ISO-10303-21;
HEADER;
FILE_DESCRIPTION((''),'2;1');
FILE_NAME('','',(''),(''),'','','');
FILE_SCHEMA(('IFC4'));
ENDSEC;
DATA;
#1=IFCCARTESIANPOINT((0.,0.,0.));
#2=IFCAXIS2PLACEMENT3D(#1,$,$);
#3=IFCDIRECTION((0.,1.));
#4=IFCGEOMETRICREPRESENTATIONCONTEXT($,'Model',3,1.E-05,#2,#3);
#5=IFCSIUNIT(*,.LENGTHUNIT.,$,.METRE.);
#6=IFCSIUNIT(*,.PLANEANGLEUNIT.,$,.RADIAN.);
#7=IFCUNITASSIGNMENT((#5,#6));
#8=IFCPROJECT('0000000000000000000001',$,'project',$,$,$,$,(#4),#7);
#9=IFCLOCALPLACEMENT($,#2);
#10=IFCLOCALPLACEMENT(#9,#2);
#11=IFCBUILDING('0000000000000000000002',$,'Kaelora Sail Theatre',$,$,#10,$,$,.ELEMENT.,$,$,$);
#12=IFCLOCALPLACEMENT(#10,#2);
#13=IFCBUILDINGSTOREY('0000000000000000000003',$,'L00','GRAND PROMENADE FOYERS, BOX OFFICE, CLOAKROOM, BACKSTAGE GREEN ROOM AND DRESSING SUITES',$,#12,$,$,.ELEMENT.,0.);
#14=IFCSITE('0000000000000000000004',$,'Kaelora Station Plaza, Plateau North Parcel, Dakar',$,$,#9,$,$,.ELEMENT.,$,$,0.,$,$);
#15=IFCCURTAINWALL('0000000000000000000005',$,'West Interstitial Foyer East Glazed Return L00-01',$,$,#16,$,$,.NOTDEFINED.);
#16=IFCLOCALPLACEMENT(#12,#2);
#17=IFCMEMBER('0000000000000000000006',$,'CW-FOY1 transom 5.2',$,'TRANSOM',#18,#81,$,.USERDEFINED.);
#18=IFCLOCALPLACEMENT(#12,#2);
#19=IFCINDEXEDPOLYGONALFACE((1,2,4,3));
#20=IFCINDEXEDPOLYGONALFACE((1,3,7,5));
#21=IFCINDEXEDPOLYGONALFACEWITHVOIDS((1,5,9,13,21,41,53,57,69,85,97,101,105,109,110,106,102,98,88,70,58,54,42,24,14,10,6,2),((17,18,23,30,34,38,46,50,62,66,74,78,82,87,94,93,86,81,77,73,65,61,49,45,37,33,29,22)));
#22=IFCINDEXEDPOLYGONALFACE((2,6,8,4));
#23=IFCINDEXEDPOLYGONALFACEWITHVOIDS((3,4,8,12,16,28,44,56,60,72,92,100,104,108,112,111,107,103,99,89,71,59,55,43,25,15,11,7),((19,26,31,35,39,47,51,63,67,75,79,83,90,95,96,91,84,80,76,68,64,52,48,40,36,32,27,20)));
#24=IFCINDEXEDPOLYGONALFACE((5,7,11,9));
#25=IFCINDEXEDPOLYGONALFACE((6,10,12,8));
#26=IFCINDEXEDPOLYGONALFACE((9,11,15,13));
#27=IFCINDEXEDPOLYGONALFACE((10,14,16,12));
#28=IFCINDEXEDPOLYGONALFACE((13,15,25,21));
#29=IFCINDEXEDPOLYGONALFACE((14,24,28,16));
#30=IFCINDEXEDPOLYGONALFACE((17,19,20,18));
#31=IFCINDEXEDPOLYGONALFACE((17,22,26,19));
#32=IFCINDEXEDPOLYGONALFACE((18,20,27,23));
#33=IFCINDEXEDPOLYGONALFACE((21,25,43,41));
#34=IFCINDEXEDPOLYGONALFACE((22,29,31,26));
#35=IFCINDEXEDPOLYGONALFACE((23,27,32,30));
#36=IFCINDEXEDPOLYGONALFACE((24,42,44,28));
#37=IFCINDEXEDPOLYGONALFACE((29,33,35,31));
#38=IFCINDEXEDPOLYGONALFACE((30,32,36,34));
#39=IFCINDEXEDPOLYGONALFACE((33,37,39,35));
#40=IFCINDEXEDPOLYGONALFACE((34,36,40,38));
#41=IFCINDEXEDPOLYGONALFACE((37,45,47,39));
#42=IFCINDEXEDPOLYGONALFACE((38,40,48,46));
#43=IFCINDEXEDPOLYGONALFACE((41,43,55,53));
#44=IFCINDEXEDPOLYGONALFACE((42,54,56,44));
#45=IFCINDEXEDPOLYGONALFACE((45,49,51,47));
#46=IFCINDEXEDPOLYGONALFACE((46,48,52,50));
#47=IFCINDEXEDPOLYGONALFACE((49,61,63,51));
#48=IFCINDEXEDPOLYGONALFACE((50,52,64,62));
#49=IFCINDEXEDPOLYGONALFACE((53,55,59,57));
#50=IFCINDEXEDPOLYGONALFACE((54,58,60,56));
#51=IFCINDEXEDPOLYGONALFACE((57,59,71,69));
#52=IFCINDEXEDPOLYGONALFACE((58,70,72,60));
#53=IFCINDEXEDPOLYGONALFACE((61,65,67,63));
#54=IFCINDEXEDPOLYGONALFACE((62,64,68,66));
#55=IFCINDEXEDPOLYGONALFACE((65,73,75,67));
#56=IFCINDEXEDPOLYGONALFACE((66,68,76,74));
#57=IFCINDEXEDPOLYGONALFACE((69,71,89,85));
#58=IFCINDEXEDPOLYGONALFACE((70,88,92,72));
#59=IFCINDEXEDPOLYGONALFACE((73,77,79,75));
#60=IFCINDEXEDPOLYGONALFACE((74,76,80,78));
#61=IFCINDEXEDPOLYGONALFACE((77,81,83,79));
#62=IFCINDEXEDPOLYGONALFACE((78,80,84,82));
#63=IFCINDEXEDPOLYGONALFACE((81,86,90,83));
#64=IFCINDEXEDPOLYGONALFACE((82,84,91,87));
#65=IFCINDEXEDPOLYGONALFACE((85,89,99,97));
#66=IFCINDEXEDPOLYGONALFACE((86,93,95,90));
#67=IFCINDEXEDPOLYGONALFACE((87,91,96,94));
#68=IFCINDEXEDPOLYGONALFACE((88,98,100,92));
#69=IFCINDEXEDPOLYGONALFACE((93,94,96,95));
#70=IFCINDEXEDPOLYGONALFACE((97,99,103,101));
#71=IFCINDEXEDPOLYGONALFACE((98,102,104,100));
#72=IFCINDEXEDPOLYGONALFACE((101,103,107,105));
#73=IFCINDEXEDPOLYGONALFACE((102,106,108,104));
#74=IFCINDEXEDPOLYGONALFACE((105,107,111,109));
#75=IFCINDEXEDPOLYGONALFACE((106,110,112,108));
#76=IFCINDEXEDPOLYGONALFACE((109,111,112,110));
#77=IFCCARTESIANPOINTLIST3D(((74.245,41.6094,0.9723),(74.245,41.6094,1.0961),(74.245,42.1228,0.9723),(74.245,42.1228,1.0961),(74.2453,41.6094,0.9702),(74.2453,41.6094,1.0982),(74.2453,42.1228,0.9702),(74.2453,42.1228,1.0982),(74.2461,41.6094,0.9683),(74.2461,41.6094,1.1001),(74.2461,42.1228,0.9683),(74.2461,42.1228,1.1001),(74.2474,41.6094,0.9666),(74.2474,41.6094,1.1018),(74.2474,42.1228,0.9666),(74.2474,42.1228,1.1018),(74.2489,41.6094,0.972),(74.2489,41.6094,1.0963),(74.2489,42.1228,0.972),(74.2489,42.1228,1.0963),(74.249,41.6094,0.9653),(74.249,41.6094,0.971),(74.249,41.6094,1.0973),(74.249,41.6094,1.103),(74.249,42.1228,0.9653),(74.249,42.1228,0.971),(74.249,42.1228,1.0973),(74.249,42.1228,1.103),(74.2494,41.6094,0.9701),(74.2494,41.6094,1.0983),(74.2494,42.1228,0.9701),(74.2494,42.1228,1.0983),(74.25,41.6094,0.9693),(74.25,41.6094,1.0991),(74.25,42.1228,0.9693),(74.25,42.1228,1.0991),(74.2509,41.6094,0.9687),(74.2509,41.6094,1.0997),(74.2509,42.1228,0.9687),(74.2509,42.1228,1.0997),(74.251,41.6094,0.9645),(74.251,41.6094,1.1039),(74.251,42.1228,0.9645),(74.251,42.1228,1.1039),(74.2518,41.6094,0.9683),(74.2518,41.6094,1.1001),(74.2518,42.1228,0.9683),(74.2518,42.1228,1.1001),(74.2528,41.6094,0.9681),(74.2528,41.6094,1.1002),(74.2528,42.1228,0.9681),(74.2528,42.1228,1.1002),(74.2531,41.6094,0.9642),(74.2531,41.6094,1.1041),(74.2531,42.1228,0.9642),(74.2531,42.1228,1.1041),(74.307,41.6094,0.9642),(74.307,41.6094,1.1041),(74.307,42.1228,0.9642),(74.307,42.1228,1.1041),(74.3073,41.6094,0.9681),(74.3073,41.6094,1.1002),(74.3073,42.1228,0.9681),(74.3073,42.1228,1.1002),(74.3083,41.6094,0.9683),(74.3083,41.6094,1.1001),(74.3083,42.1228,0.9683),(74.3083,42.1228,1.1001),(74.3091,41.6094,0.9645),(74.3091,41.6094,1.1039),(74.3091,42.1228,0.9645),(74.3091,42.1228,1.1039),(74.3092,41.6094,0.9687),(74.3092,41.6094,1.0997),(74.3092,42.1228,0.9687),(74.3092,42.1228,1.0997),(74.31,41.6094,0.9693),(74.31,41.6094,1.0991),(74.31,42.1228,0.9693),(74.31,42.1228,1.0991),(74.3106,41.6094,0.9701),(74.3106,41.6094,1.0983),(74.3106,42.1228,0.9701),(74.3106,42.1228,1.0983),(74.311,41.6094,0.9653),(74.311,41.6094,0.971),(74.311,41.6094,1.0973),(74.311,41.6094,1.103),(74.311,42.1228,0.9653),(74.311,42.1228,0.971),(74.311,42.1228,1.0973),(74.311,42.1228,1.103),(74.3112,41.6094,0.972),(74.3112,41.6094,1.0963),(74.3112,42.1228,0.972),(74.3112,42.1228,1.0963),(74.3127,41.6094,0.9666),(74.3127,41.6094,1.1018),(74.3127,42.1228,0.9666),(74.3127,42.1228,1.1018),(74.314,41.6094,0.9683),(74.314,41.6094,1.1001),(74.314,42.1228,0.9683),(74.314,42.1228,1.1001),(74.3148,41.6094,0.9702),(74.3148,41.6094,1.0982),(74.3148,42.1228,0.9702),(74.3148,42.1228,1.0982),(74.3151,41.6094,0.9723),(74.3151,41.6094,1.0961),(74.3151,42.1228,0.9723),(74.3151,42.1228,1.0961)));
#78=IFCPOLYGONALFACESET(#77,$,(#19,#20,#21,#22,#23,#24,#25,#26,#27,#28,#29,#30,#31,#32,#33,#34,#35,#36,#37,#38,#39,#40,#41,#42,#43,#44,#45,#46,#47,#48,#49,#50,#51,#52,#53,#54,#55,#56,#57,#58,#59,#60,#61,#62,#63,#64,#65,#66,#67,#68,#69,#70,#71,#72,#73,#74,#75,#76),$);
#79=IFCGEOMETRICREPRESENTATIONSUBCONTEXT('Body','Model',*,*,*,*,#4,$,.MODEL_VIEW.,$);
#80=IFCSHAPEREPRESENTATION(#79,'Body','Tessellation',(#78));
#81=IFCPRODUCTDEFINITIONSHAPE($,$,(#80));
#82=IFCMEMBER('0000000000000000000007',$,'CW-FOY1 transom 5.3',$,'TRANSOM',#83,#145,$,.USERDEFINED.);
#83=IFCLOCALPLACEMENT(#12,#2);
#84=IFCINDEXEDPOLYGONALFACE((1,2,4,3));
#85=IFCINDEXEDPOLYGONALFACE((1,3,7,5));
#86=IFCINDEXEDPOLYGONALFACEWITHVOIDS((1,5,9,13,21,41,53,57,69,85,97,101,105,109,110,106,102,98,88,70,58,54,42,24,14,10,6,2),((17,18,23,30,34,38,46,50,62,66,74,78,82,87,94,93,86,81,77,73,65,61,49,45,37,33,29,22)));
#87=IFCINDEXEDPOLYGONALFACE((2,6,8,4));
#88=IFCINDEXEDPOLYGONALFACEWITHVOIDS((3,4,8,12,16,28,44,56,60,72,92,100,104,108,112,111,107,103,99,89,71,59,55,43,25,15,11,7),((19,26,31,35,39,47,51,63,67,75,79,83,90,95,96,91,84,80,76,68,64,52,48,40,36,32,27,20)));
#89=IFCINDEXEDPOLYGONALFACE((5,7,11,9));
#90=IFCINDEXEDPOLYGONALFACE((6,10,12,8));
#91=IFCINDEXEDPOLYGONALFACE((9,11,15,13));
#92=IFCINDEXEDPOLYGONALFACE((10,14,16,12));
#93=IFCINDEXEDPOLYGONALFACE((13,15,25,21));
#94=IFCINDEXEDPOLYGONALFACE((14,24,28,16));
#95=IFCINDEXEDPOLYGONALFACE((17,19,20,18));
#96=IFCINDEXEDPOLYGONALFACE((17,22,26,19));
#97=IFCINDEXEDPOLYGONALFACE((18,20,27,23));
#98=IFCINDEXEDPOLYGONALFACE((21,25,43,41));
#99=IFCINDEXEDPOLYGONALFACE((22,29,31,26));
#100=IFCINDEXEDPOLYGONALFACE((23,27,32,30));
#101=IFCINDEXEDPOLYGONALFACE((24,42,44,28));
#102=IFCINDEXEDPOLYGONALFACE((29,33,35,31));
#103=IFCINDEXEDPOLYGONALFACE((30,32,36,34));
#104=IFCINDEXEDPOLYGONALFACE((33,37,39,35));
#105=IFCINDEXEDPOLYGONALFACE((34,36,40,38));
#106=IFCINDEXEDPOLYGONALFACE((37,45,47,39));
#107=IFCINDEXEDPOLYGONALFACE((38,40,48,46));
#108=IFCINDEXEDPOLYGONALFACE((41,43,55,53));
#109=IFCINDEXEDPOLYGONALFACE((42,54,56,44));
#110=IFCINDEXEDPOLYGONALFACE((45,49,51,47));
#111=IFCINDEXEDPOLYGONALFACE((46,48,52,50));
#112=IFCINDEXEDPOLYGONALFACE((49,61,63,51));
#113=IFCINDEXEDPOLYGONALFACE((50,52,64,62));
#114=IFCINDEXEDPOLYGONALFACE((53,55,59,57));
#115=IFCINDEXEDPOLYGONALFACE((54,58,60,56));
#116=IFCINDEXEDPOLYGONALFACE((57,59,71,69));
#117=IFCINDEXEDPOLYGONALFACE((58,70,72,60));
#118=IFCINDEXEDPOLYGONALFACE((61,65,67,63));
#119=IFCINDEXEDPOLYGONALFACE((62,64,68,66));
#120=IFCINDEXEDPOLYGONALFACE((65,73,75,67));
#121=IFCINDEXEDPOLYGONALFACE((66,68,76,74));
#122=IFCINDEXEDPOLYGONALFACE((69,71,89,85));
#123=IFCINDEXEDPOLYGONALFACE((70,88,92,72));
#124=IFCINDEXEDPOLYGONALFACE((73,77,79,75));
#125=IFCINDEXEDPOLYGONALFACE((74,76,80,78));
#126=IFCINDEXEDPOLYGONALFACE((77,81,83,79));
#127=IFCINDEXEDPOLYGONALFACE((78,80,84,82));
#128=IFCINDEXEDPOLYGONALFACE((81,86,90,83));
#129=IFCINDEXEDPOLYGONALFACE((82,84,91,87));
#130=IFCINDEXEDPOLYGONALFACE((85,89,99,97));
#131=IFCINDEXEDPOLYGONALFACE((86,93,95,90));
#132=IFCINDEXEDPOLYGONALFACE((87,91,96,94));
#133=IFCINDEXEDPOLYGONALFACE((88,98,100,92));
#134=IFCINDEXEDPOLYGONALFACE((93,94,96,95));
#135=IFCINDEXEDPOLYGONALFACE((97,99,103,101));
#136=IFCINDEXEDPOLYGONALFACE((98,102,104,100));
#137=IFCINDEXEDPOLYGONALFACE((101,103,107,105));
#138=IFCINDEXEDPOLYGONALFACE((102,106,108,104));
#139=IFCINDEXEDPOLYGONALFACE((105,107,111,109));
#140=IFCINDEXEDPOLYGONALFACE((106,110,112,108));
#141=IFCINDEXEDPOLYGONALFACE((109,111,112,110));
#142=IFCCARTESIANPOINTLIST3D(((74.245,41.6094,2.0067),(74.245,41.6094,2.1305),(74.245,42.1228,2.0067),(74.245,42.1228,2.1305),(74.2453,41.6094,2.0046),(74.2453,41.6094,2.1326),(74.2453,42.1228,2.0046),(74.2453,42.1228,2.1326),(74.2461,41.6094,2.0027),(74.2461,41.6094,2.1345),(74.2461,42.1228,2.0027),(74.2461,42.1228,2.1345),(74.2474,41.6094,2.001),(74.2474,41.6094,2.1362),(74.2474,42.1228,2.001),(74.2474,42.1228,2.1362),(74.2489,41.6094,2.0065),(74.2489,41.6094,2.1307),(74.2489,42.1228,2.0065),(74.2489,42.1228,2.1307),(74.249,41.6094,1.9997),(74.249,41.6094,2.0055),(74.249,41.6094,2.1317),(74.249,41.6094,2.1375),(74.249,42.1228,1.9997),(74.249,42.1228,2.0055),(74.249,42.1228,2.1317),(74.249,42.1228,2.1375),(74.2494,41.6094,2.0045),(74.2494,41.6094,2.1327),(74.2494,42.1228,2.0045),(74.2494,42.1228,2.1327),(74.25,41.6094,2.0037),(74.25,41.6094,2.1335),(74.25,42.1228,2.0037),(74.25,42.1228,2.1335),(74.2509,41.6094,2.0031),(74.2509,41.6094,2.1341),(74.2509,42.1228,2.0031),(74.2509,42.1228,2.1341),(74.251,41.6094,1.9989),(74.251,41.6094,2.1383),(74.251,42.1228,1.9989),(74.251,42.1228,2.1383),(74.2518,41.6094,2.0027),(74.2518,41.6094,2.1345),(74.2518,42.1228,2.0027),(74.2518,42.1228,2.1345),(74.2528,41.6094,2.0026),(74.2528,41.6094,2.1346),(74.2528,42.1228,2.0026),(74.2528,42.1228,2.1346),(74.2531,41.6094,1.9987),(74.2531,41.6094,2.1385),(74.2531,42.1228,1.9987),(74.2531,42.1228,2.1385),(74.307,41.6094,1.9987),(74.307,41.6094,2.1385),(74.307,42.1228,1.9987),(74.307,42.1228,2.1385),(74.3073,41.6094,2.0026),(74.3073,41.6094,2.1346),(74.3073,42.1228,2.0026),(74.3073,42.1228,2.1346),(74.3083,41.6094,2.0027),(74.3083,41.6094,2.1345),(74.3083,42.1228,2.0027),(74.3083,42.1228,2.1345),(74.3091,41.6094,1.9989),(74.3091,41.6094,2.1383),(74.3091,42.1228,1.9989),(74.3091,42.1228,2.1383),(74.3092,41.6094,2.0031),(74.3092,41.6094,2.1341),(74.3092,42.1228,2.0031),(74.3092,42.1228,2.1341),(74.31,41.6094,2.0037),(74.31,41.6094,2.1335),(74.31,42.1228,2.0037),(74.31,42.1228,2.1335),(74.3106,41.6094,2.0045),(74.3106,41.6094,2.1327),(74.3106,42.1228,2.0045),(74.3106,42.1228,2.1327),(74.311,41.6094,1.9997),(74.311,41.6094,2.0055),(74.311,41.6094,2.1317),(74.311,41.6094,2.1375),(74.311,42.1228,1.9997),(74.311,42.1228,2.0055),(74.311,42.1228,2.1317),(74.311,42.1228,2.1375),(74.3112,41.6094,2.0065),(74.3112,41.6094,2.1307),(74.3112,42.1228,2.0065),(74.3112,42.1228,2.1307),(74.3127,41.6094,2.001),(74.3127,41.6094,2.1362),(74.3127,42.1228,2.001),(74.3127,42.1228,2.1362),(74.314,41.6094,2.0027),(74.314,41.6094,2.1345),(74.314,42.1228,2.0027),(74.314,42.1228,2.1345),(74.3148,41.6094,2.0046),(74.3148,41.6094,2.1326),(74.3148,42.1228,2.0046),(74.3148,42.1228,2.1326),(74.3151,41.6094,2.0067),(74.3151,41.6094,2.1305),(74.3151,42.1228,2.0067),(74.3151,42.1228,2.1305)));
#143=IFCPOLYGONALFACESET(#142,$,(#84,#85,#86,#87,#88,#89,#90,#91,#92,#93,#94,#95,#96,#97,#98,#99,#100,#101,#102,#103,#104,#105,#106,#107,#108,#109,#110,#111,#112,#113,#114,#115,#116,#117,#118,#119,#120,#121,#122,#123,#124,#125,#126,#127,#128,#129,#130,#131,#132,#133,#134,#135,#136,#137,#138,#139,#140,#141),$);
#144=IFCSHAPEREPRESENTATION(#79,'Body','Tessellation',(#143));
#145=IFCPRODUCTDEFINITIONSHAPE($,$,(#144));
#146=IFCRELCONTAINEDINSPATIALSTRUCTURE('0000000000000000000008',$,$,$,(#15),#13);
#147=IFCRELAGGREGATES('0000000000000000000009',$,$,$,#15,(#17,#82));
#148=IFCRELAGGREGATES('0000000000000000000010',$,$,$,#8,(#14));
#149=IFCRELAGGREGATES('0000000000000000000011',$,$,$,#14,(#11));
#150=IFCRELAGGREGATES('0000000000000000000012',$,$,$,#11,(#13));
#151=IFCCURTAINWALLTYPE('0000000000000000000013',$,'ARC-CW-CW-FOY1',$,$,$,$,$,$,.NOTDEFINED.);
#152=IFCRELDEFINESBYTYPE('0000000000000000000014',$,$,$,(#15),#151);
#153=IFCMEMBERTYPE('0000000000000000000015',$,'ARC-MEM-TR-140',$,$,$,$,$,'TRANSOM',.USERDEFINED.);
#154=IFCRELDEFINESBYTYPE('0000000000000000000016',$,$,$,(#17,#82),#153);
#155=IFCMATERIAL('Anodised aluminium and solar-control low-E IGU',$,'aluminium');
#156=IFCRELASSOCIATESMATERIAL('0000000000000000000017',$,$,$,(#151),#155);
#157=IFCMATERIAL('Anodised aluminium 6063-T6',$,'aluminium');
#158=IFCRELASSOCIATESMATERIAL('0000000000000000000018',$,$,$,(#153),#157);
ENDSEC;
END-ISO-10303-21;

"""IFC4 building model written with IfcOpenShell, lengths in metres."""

from ifc_helpers import new_model, si_unit, direction, frame, origin, origin_2d, place, context, subcontext, project, spatial, hollow_rectangle, extrude, material, material_profile, profile_set, type_object, element, aggregate, save


model = new_model("IFC4")

# Units and contexts
model_context = context("Model", 3, precision=1e-05, world=origin(), true_north=direction((0.0, 1.0)))
body_context = subcontext(model_context, "Body", "Model", "MODEL_VIEW")
ifc_project = project(units=[si_unit("LENGTHUNIT", "METRE"), si_unit("PLANEANGLEUNIT", "RADIAN")], contexts=[model_context])

# Site, building, storey
site_placement = place(None, origin())
site = spatial("IfcSite", under=ifc_project, at=site_placement, Name="Kaelora Station Plaza, Plateau North Parcel, Dakar", CompositionType="ELEMENT", RefElevation=0.0)
building_placement = place(site_placement, origin())
building = spatial("IfcBuilding", under=site, at=building_placement, Name="Kaelora Sail Theatre", CompositionType="ELEMENT")
storey_placement = place(building_placement, origin())
storey = spatial("IfcBuildingStorey", under=building, at=storey_placement, Name="L00", Description="GRAND PROMENADE FOYERS, BOX OFFICE, CLOAKROOM, BACKSTAGE GREEN ROOM AND DRESSING SUITES", CompositionType="ELEMENT", Elevation=0.0)

# Curtain wall, members
ifc_material_1 = material(Name="Anodised aluminium and solar-control low-E IGU", Category="aluminium")
curtain_wall_type = type_object("IfcCurtainWallType", Name="ARC-CW-CW-FOY1", PredefinedType="NOTDEFINED", material=ifc_material_1)
curtain_wall_placement = place(storey_placement, origin())
curtain_wall = element("IfcCurtainWall", 1, at=curtain_wall_placement, inside=storey, type_object=curtain_wall_type, Name="West Interstitial Foyer East Glazed Return L00-01", PredefinedType="NOTDEFINED")
ifc_material_2 = material(Name="Anodised aluminium 6063-T6", Category="aluminium")
ifc_material_profile_1 = material_profile(ifc_material_2, hollow_rectangle(XDim=0.0701, YDim=0.1399, WallThickness=0.0039, InnerFilletRadius=0.0039, OuterFilletRadius=0.0081, at=origin_2d()), Name="ALU-TRAN 70x140x4")
ifc_profile_set_1 = profile_set([ifc_material_profile_1], Name="Anodised aluminium 6063-T6")
member_type_1 = type_object("IfcMemberType", Name="ARC-MEM-TR-140", ElementType="TRANSOM", PredefinedType="USERDEFINED", material=ifc_profile_set_1)
member_1_placement = place(storey_placement, frame((74.28, 41.6094, 1.0342), z_axis=(0.0, 1.0, 0.0), x_axis=(-1.0, 0.0, 0.0)))
member_1 = element("IfcMember", 2, at=member_1_placement, type_object=member_type_1, Name="CW-FOY1 transom 5.2", ObjectType="TRANSOM", PredefinedType="USERDEFINED", context=body_context, shape_type="SweptSolid", body=[
    extrude(hollow_rectangle(XDim=0.0701, YDim=0.1399, WallThickness=0.0039, InnerFilletRadius=0.0039, OuterFilletRadius=0.0081, at=origin_2d()), origin(), (0.0, 0.0, 1.0), 0.5134),
])
member_2_placement = place(storey_placement, frame((74.28, 41.6094, 2.0686), z_axis=(0.0, 1.0, 0.0), x_axis=(-1.0, 0.0, 0.0)))
member_2 = element("IfcMember", 3, at=member_2_placement, type_object=member_type_1, Name="CW-FOY1 transom 5.3", ObjectType="TRANSOM", PredefinedType="USERDEFINED", context=body_context, shape_type="SweptSolid", body=[
    extrude(hollow_rectangle(XDim=0.0701, YDim=0.1399, WallThickness=0.0039, InnerFilletRadius=0.0039, OuterFilletRadius=0.0081, at=origin_2d()), origin(), (0.0, 0.0, 1.0), 0.5134),
])

aggregate(curtain_wall, [member_1, member_2])

save(model, "model.ifc")
